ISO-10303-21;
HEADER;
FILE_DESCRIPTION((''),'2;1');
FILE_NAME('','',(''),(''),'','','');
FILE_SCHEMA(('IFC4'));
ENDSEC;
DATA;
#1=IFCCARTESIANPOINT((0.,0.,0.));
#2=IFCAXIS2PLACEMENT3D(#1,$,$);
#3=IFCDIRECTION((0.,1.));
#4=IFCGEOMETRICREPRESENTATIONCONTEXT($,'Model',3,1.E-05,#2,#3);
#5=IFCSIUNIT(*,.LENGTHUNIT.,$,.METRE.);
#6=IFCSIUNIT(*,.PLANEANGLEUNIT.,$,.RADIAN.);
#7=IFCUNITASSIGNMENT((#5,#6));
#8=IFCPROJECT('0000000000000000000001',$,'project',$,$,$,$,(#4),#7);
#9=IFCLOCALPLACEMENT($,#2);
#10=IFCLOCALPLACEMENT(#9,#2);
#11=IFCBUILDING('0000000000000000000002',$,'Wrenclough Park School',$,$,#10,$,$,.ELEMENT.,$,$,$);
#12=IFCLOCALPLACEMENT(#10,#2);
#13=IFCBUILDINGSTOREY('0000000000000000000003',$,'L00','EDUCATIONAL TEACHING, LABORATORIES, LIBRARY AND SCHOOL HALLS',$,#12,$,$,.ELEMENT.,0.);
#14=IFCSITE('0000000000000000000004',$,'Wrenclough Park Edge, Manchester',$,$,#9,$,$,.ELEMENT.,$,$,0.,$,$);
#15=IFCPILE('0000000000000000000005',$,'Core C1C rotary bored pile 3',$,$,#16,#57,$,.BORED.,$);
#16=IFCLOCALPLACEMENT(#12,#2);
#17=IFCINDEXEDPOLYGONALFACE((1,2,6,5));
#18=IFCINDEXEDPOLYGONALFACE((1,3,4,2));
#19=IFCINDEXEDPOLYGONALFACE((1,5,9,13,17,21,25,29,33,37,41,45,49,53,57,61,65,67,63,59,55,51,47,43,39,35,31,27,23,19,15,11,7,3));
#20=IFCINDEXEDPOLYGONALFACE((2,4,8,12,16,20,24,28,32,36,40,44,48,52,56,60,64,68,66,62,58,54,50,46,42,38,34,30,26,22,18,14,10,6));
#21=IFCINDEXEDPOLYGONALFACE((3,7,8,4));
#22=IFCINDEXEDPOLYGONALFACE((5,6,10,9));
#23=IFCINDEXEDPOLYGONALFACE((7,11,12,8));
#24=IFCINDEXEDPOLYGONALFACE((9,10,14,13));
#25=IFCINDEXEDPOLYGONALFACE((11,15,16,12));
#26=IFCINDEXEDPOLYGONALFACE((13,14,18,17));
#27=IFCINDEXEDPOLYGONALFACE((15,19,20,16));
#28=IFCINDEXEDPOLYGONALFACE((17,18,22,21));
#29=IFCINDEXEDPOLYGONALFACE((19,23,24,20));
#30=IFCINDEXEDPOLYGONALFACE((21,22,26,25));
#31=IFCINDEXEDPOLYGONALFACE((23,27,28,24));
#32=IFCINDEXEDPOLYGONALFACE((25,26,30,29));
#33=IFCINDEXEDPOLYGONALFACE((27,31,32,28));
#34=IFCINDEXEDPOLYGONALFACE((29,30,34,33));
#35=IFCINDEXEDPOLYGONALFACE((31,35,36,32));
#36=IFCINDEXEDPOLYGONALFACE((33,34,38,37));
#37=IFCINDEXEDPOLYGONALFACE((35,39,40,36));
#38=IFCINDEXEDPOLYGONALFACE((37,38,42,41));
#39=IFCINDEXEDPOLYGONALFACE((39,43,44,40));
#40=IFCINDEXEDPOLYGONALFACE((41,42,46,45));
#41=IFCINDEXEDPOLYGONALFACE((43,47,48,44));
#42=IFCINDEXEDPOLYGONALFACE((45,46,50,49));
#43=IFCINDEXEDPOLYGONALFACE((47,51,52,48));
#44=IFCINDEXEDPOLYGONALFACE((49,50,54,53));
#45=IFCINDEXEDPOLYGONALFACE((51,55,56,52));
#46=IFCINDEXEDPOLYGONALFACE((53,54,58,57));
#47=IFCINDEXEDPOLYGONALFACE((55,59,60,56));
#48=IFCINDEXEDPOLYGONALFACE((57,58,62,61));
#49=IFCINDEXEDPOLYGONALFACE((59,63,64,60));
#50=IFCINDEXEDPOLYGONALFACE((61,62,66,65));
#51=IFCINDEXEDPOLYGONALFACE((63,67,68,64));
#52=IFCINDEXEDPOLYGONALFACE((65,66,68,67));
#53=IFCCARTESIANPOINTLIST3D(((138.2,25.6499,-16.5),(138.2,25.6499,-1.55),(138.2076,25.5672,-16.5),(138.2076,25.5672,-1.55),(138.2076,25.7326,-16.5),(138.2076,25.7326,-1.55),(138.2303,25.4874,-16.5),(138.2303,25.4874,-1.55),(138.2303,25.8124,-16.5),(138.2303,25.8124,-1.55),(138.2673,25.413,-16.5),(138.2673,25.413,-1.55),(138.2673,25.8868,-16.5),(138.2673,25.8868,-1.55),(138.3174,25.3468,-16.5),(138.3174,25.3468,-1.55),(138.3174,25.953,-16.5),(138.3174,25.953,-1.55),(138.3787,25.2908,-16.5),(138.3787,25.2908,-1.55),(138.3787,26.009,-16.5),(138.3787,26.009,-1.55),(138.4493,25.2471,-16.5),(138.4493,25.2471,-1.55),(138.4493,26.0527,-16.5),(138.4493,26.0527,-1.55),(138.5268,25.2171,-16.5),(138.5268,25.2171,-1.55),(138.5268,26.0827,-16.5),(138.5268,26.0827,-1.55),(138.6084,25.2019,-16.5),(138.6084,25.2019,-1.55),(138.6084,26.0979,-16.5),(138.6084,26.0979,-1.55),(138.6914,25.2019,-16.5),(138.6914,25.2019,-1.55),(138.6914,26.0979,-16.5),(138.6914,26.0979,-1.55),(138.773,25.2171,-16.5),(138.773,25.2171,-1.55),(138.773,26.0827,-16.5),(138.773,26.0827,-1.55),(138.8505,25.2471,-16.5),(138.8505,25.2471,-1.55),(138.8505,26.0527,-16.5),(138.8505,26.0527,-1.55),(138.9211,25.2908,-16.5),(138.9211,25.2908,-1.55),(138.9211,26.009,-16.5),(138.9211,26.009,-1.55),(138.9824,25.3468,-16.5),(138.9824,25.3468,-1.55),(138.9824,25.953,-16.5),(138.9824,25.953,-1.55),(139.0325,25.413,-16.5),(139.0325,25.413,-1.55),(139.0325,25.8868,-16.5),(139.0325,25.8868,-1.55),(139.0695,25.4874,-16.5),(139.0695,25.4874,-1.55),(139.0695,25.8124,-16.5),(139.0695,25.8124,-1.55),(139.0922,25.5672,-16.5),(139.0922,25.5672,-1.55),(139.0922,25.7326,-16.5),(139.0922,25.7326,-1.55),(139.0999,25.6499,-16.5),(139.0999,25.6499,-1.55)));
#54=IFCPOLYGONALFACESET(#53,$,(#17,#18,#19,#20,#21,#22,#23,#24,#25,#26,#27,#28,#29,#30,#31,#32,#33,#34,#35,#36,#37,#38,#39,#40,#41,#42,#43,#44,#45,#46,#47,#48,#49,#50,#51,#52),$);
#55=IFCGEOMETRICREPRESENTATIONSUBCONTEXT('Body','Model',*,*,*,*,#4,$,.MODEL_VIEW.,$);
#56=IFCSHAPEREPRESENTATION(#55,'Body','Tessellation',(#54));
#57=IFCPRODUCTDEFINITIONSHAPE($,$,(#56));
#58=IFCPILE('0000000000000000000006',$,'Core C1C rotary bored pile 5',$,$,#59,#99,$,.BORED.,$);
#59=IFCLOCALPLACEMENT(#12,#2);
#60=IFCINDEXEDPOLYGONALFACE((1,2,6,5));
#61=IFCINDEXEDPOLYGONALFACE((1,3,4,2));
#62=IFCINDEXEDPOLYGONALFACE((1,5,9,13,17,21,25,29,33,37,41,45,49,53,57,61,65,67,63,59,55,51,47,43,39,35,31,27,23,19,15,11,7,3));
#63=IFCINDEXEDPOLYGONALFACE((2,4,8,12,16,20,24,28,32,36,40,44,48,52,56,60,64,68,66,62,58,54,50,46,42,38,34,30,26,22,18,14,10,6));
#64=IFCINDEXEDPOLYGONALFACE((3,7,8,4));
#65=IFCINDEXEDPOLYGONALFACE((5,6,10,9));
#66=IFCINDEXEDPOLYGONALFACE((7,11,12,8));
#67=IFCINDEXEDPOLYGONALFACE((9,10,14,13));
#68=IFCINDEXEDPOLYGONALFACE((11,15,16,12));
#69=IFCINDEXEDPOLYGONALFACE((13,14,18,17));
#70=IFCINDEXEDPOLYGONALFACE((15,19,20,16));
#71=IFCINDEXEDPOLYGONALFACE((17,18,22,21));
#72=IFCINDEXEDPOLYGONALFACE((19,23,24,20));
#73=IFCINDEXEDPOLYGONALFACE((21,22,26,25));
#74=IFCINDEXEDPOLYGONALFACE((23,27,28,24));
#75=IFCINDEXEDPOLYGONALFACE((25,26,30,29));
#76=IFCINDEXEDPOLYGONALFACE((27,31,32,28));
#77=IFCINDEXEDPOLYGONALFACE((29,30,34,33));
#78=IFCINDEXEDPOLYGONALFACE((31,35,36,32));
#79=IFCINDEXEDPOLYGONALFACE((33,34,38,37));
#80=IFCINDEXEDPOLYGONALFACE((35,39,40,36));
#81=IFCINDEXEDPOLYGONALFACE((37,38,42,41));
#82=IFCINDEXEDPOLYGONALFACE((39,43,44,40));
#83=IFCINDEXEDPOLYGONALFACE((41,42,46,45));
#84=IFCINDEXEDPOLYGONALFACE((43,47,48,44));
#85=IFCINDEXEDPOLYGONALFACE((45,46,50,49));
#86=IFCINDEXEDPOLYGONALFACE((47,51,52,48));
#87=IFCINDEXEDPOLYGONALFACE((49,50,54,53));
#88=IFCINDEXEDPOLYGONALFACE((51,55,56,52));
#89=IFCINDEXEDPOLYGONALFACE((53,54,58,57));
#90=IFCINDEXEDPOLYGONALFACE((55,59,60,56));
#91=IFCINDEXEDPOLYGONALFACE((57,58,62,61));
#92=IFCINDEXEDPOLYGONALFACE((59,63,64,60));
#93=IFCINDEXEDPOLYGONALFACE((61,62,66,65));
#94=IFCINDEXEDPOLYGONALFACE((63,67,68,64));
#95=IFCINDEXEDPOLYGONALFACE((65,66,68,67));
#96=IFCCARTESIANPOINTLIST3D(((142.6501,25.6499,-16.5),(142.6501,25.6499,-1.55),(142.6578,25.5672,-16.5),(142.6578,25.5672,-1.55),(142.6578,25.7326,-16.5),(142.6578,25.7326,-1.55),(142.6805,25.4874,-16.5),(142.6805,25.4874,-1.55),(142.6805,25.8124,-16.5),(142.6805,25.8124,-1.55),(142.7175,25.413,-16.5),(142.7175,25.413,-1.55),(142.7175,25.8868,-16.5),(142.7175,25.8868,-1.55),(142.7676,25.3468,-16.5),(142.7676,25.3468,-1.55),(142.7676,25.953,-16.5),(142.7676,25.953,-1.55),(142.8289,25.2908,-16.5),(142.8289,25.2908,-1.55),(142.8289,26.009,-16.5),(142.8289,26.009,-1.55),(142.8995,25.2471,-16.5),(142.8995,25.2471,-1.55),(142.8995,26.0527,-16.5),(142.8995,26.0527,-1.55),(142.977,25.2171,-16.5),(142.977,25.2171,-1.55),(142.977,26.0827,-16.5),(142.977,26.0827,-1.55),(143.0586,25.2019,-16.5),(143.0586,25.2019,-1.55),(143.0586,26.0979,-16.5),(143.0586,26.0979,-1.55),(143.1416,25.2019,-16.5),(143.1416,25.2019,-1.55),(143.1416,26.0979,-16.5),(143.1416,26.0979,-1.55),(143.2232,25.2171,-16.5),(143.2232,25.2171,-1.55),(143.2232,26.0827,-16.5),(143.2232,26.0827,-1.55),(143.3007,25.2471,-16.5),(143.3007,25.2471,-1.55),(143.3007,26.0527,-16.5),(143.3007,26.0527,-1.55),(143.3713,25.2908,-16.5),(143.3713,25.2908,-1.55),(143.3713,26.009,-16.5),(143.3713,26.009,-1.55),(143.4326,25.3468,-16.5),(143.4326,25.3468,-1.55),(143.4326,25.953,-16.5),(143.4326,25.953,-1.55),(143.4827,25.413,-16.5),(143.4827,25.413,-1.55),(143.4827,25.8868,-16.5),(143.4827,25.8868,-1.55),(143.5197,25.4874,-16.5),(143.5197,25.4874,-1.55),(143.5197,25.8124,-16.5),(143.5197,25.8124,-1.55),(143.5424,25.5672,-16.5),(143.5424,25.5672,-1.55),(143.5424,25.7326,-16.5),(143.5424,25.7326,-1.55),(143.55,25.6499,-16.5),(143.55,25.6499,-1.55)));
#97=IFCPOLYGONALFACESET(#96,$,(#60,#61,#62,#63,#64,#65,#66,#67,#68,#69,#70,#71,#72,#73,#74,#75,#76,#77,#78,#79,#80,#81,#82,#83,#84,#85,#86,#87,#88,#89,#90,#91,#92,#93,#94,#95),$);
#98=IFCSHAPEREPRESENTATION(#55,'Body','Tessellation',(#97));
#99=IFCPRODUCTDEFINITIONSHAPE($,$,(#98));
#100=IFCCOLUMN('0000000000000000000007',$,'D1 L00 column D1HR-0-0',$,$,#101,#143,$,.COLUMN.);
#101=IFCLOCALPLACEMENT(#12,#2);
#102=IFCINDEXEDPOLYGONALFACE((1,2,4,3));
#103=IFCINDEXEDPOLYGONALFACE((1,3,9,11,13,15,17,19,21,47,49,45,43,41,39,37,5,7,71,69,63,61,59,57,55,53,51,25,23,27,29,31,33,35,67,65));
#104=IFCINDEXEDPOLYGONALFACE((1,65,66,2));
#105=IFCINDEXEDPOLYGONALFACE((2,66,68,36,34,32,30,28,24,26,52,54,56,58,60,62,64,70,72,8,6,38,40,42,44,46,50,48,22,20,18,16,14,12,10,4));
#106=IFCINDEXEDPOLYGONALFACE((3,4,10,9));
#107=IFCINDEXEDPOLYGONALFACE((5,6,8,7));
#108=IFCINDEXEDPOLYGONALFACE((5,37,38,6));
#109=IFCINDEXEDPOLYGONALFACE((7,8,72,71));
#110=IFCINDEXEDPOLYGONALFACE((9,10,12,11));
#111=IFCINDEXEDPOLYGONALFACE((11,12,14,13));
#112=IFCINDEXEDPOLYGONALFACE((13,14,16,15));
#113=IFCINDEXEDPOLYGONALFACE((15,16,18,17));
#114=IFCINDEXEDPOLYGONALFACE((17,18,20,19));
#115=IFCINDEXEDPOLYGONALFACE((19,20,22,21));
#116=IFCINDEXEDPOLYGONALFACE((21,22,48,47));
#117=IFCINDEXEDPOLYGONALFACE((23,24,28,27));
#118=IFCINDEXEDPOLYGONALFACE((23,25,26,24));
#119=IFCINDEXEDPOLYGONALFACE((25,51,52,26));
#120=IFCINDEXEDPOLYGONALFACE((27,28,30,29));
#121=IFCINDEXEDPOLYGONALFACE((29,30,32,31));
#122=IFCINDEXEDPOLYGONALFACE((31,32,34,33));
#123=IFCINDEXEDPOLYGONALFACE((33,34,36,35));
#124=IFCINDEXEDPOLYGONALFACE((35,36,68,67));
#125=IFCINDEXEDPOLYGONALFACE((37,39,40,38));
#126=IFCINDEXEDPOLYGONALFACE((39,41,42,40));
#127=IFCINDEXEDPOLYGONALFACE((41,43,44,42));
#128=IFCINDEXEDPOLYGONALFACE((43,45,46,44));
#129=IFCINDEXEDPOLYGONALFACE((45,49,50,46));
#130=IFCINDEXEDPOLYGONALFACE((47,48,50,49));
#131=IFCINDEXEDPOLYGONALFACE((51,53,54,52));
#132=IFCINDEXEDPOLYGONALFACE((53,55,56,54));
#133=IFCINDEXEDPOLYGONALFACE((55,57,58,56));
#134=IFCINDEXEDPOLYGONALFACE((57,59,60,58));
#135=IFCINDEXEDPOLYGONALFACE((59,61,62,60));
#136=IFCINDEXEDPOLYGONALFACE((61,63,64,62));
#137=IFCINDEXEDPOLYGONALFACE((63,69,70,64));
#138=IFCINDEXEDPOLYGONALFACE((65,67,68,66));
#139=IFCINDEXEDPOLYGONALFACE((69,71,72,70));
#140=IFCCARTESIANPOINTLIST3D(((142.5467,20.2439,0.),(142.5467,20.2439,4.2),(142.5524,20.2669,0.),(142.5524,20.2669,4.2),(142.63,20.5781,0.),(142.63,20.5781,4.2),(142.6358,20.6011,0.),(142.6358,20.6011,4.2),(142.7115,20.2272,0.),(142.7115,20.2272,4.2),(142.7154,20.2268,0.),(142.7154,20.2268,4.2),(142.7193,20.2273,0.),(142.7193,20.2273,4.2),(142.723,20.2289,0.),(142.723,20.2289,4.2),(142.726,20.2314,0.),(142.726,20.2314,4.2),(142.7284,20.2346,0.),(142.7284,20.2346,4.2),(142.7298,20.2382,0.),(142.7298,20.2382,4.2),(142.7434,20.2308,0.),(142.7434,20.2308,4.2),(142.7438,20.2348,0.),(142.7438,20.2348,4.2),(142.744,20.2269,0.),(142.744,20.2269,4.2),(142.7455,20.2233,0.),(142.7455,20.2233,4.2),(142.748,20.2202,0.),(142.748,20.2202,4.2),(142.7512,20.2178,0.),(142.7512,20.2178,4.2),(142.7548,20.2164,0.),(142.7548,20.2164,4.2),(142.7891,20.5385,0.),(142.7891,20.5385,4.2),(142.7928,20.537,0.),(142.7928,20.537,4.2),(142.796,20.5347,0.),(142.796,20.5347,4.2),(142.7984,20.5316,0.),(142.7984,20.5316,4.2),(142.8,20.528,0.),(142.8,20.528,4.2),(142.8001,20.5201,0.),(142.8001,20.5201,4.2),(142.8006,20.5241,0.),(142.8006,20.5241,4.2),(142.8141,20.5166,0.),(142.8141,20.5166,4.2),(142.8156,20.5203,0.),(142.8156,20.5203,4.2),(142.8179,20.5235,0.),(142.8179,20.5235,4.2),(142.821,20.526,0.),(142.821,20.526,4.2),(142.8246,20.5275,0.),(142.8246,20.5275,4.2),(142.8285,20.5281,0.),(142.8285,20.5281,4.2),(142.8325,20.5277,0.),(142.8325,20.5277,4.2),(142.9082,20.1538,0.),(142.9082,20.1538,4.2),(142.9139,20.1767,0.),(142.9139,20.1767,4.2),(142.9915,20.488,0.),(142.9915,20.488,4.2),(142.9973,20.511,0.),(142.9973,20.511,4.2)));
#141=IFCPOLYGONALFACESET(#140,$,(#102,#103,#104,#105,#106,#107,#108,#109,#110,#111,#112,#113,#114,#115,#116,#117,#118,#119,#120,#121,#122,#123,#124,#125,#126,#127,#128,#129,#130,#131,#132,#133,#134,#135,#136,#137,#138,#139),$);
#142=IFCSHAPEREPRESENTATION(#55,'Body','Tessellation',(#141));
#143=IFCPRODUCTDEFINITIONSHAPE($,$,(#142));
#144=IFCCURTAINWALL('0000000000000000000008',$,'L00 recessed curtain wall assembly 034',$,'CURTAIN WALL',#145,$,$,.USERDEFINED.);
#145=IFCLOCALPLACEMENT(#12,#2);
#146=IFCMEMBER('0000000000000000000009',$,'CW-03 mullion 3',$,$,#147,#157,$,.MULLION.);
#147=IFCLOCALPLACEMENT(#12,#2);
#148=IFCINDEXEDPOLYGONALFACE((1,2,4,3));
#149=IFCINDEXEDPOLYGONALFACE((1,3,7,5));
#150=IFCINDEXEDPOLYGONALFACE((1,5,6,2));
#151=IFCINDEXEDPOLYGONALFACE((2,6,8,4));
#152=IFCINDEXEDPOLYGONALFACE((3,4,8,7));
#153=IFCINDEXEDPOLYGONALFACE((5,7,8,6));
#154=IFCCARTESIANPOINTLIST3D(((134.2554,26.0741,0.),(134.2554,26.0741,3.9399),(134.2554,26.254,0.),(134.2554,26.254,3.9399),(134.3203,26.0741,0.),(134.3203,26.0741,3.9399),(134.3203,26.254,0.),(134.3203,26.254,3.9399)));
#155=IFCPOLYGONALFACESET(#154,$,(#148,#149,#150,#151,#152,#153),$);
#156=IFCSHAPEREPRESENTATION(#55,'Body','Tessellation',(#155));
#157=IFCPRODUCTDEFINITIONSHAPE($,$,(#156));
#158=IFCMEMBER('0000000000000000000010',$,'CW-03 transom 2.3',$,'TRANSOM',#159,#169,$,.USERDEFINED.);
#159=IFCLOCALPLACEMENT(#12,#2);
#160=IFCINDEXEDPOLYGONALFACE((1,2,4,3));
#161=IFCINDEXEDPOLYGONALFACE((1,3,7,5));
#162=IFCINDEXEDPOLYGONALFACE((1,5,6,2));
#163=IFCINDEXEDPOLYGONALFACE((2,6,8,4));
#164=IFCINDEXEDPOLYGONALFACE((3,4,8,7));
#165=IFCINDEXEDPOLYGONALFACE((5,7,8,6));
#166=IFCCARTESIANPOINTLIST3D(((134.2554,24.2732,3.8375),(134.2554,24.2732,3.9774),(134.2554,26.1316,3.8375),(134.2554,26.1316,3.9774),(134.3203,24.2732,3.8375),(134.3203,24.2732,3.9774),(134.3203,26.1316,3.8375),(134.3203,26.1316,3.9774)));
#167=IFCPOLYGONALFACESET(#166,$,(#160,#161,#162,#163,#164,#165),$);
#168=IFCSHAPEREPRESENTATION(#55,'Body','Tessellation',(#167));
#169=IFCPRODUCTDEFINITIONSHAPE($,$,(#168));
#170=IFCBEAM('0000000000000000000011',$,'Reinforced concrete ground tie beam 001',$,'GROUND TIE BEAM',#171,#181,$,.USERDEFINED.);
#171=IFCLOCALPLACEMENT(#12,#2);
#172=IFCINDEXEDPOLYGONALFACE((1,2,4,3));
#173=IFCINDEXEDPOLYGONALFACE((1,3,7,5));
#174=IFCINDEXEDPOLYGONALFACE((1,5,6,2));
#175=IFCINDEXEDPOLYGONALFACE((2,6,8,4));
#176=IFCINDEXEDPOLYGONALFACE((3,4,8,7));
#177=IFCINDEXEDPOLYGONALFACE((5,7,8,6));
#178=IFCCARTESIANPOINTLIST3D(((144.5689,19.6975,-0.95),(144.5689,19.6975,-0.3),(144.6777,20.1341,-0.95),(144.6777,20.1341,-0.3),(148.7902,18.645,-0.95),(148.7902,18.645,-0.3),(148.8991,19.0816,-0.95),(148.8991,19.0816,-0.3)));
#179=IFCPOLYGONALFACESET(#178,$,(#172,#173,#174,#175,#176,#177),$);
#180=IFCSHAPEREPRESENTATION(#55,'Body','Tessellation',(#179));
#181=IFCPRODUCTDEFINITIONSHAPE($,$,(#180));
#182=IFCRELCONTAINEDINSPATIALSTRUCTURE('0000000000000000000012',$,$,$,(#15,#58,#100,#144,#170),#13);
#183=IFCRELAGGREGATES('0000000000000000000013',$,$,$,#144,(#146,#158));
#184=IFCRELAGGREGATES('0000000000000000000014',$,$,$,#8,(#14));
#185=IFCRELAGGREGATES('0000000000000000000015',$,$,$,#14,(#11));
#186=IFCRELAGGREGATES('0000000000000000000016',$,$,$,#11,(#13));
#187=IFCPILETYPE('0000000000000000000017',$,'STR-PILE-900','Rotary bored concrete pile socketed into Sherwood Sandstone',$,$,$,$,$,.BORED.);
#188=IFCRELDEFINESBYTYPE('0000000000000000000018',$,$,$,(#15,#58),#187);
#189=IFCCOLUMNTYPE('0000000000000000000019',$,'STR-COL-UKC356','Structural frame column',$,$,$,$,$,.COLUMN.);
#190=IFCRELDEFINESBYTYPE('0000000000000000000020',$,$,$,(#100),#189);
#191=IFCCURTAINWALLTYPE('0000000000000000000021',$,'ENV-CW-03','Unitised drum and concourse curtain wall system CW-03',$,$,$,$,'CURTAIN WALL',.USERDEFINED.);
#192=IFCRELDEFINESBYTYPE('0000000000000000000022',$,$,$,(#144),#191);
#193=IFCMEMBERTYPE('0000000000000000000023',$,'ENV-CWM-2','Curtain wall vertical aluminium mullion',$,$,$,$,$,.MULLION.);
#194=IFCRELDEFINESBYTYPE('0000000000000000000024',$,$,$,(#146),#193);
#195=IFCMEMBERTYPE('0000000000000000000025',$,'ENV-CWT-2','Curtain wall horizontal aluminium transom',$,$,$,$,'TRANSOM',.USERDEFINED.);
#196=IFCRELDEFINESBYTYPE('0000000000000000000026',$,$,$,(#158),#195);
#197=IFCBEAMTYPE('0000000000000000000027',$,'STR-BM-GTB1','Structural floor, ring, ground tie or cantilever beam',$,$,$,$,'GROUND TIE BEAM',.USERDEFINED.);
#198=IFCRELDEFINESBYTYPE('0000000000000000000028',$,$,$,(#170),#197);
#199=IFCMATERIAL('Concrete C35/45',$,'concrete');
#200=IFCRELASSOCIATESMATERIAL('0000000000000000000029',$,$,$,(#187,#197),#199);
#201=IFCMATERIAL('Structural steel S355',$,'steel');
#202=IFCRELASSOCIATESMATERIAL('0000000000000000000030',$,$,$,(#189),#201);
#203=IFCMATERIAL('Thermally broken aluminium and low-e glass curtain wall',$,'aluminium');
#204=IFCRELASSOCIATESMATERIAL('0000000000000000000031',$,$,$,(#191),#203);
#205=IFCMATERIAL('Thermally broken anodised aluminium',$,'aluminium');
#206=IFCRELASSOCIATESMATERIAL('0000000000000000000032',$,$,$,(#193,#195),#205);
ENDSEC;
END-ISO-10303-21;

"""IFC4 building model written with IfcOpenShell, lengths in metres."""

from ifc_helpers import new_model, si_unit, direction, frame, origin, origin_2d, place, context, subcontext, project, spatial, rectangle, circle, i_section, extrude, material, material_profile, profile_set, type_object, element, aggregate, save


model = new_model("IFC4")

# Units and contexts
model_context = context("Model", 3, precision=1e-05, world=origin(), true_north=direction((0.0, 1.0)))
body_context = subcontext(model_context, "Body", "Model", "MODEL_VIEW")
ifc_project = project(units=[si_unit("LENGTHUNIT", "METRE"), si_unit("PLANEANGLEUNIT", "RADIAN")], contexts=[model_context])

# Site, building, storey
site_placement = place(None, origin())
site = spatial("IfcSite", under=ifc_project, at=site_placement, Name="Wrenclough Park Edge, Manchester", CompositionType="ELEMENT", RefElevation=0.0)
building_placement = place(site_placement, origin())
building = spatial("IfcBuilding", under=site, at=building_placement, Name="Wrenclough Park School", CompositionType="ELEMENT")
storey_placement = place(building_placement, origin())
storey = spatial("IfcBuildingStorey", under=building, at=storey_placement, Name="L00", Description="EDUCATIONAL TEACHING, LABORATORIES, LIBRARY AND SCHOOL HALLS", CompositionType="ELEMENT", Elevation=0.0)

# Shared definitions
ifc_material_1 = material(Name="Concrete C35/45", Category="concrete")

# Piles
ifc_material_profile_1 = material_profile(ifc_material_1, circle(Radius=0.45, at=origin_2d()), Name="BORED PILE D900")
ifc_profile_set_1 = profile_set([ifc_material_profile_1], Name="Concrete C35/45")
pile_type_1 = type_object("IfcPileType", Name="STR-PILE-900", Description="Rotary bored concrete pile socketed into Sherwood Sandstone", PredefinedType="BORED", material=ifc_profile_set_1)
for number, where, z_axis, x_axis, name in (
    (1, (138.6499, 25.6499, -1.55), (0.0, 0.0, -1.0), (1.0, 0.0, 0.0), "Core C1C rotary bored pile 3"),
    (2, (143.1001, 25.6499, -1.55), (0.0, 0.0, -1.0), (1.0, 0.0, 0.0), "Core C1C rotary bored pile 5"),
):
    element("IfcPile", number, at=place(storey_placement, frame(where, z_axis=z_axis, x_axis=x_axis)), inside=storey, type_object=pile_type_1, Name=name, PredefinedType="BORED", context=body_context, shape_type="SweptSolid", body=[
        extrude(circle(Radius=0.45, at=origin_2d()), origin(), (0.0, 0.0, 1.0), 14.95),
    ])

# Column
ifc_material_2 = material(Name="Structural steel S355", Category="steel")
ifc_material_profile_2 = material_profile(ifc_material_2, i_section(OverallWidth=0.3726, OverallDepth=0.3682, WebThickness=0.0144, FlangeThickness=0.0237, FilletRadius=0.0151, at=origin_2d()), Name="UKC 356x368x177")
ifc_profile_set_2 = profile_set([ifc_material_profile_2], Name="Structural steel S355")
column_type = type_object("IfcColumnType", Name="STR-COL-UKC356", Description="Structural frame column", PredefinedType="COLUMN", material=ifc_profile_set_2)
column_placement = place(storey_placement, frame((142.772, 20.3774, 0.0), z_axis=(0.0, 0.0, 1.0), x_axis=(0.970296, -0.241922, 0.0)))
element("IfcColumn", 3, at=column_placement, inside=storey, type_object=column_type, Name="D1 L00 column D1HR-0-0", PredefinedType="COLUMN", context=body_context, shape_type="SweptSolid", body=[
    extrude(i_section(OverallWidth=0.3726, OverallDepth=0.3682, WebThickness=0.0144, FlangeThickness=0.0237, FilletRadius=0.0151, at=origin_2d()), origin(), (0.0, 0.0, 1.0), 4.2),
])

# Curtain wall, members
ifc_material_3 = material(Name="Thermally broken aluminium and low-e glass curtain wall", Category="aluminium")
curtain_wall_type = type_object("IfcCurtainWallType", Name="ENV-CW-03", Description="Unitised drum and concourse curtain wall system CW-03", ElementType="CURTAIN WALL", PredefinedType="USERDEFINED", material=ifc_material_3)
curtain_wall_placement = place(storey_placement, origin())
curtain_wall = element("IfcCurtainWall", 4, at=curtain_wall_placement, inside=storey, type_object=curtain_wall_type, Name="L00 recessed curtain wall assembly 034", ObjectType="CURTAIN WALL", PredefinedType="USERDEFINED")
ifc_material_4 = material(Name="Thermally broken anodised aluminium", Category="aluminium")
ifc_material_profile_3 = material_profile(ifc_material_4, rectangle(XDim=0.0649, YDim=0.1799, at=origin_2d()), Name="AL MULLION 65x180")
ifc_profile_set_3 = profile_set([ifc_material_profile_3], Name="Thermally broken anodised aluminium")
member_type_1 = type_object("IfcMemberType", Name="ENV-CWM-2", Description="Curtain wall vertical aluminium mullion", PredefinedType="MULLION", material=ifc_profile_set_3)
member_1_placement = place(storey_placement, frame((134.2878, 26.1641, 0.0), z_axis=(0.0, 0.0, 1.0), x_axis=(-1.0, 0.0, 0.0)))
member_1 = element("IfcMember", 5, at=member_1_placement, type_object=member_type_1, Name="CW-03 mullion 3", PredefinedType="MULLION", context=body_context, shape_type="SweptSolid", body=[
    extrude(rectangle(XDim=0.0649, YDim=0.1799, at=origin_2d()), origin(), (0.0, 0.0, 1.0), 3.9399),
])
ifc_material_profile_4 = material_profile(ifc_material_4, rectangle(XDim=0.0649, YDim=0.1399, at=origin_2d()), Name="AL TRANSOM 65x140")
ifc_profile_set_4 = profile_set([ifc_material_profile_4], Name="Thermally broken anodised aluminium")
member_type_2 = type_object("IfcMemberType", Name="ENV-CWT-2", Description="Curtain wall horizontal aluminium transom", ElementType="TRANSOM", PredefinedType="USERDEFINED", material=ifc_profile_set_4)
member_2_placement = place(storey_placement, frame((134.2878, 24.2732, 3.9075), z_axis=(0.0, 1.0, 0.0), x_axis=(-1.0, 0.0, 0.0)))
member_2 = element("IfcMember", 6, at=member_2_placement, type_object=member_type_2, Name="CW-03 transom 2.3", ObjectType="TRANSOM", PredefinedType="USERDEFINED", context=body_context, shape_type="SweptSolid", body=[
    extrude(rectangle(XDim=0.0649, YDim=0.1399, at=origin_2d()), origin(), (0.0, 0.0, 1.0), 1.8584),
])

# Beam
ifc_material_profile_5 = material_profile(ifc_material_1, rectangle(XDim=0.45, YDim=0.6499, at=origin_2d()), Name="RC GROUND 450x650")
ifc_profile_set_5 = profile_set([ifc_material_profile_5], Name="Concrete C35/45")
beam_type_1 = type_object("IfcBeamType", Name="STR-BM-GTB1", Description="Structural floor, ring, ground tie or cantilever beam", ElementType="GROUND TIE BEAM", PredefinedType="USERDEFINED", material=ifc_profile_set_5)
beam_1_placement = place(storey_placement, frame((144.6233, 19.9158, -0.625), z_axis=(0.970297, -0.241915, 0.0), x_axis=(0.241915, 0.970297, 0.0)))
element("IfcBeam", 7, at=beam_1_placement, inside=storey, type_object=beam_type_1, Name="Reinforced concrete ground tie beam 001", ObjectType="GROUND TIE BEAM", PredefinedType="USERDEFINED", context=body_context, shape_type="SweptSolid", body=[
    extrude(rectangle(XDim=0.45, YDim=0.6499, at=origin_2d()), origin(), (0.0, 0.0, 1.0), 4.3506),
])

aggregate(curtain_wall, [member_1, member_2])

save(model, "model.ifc")
